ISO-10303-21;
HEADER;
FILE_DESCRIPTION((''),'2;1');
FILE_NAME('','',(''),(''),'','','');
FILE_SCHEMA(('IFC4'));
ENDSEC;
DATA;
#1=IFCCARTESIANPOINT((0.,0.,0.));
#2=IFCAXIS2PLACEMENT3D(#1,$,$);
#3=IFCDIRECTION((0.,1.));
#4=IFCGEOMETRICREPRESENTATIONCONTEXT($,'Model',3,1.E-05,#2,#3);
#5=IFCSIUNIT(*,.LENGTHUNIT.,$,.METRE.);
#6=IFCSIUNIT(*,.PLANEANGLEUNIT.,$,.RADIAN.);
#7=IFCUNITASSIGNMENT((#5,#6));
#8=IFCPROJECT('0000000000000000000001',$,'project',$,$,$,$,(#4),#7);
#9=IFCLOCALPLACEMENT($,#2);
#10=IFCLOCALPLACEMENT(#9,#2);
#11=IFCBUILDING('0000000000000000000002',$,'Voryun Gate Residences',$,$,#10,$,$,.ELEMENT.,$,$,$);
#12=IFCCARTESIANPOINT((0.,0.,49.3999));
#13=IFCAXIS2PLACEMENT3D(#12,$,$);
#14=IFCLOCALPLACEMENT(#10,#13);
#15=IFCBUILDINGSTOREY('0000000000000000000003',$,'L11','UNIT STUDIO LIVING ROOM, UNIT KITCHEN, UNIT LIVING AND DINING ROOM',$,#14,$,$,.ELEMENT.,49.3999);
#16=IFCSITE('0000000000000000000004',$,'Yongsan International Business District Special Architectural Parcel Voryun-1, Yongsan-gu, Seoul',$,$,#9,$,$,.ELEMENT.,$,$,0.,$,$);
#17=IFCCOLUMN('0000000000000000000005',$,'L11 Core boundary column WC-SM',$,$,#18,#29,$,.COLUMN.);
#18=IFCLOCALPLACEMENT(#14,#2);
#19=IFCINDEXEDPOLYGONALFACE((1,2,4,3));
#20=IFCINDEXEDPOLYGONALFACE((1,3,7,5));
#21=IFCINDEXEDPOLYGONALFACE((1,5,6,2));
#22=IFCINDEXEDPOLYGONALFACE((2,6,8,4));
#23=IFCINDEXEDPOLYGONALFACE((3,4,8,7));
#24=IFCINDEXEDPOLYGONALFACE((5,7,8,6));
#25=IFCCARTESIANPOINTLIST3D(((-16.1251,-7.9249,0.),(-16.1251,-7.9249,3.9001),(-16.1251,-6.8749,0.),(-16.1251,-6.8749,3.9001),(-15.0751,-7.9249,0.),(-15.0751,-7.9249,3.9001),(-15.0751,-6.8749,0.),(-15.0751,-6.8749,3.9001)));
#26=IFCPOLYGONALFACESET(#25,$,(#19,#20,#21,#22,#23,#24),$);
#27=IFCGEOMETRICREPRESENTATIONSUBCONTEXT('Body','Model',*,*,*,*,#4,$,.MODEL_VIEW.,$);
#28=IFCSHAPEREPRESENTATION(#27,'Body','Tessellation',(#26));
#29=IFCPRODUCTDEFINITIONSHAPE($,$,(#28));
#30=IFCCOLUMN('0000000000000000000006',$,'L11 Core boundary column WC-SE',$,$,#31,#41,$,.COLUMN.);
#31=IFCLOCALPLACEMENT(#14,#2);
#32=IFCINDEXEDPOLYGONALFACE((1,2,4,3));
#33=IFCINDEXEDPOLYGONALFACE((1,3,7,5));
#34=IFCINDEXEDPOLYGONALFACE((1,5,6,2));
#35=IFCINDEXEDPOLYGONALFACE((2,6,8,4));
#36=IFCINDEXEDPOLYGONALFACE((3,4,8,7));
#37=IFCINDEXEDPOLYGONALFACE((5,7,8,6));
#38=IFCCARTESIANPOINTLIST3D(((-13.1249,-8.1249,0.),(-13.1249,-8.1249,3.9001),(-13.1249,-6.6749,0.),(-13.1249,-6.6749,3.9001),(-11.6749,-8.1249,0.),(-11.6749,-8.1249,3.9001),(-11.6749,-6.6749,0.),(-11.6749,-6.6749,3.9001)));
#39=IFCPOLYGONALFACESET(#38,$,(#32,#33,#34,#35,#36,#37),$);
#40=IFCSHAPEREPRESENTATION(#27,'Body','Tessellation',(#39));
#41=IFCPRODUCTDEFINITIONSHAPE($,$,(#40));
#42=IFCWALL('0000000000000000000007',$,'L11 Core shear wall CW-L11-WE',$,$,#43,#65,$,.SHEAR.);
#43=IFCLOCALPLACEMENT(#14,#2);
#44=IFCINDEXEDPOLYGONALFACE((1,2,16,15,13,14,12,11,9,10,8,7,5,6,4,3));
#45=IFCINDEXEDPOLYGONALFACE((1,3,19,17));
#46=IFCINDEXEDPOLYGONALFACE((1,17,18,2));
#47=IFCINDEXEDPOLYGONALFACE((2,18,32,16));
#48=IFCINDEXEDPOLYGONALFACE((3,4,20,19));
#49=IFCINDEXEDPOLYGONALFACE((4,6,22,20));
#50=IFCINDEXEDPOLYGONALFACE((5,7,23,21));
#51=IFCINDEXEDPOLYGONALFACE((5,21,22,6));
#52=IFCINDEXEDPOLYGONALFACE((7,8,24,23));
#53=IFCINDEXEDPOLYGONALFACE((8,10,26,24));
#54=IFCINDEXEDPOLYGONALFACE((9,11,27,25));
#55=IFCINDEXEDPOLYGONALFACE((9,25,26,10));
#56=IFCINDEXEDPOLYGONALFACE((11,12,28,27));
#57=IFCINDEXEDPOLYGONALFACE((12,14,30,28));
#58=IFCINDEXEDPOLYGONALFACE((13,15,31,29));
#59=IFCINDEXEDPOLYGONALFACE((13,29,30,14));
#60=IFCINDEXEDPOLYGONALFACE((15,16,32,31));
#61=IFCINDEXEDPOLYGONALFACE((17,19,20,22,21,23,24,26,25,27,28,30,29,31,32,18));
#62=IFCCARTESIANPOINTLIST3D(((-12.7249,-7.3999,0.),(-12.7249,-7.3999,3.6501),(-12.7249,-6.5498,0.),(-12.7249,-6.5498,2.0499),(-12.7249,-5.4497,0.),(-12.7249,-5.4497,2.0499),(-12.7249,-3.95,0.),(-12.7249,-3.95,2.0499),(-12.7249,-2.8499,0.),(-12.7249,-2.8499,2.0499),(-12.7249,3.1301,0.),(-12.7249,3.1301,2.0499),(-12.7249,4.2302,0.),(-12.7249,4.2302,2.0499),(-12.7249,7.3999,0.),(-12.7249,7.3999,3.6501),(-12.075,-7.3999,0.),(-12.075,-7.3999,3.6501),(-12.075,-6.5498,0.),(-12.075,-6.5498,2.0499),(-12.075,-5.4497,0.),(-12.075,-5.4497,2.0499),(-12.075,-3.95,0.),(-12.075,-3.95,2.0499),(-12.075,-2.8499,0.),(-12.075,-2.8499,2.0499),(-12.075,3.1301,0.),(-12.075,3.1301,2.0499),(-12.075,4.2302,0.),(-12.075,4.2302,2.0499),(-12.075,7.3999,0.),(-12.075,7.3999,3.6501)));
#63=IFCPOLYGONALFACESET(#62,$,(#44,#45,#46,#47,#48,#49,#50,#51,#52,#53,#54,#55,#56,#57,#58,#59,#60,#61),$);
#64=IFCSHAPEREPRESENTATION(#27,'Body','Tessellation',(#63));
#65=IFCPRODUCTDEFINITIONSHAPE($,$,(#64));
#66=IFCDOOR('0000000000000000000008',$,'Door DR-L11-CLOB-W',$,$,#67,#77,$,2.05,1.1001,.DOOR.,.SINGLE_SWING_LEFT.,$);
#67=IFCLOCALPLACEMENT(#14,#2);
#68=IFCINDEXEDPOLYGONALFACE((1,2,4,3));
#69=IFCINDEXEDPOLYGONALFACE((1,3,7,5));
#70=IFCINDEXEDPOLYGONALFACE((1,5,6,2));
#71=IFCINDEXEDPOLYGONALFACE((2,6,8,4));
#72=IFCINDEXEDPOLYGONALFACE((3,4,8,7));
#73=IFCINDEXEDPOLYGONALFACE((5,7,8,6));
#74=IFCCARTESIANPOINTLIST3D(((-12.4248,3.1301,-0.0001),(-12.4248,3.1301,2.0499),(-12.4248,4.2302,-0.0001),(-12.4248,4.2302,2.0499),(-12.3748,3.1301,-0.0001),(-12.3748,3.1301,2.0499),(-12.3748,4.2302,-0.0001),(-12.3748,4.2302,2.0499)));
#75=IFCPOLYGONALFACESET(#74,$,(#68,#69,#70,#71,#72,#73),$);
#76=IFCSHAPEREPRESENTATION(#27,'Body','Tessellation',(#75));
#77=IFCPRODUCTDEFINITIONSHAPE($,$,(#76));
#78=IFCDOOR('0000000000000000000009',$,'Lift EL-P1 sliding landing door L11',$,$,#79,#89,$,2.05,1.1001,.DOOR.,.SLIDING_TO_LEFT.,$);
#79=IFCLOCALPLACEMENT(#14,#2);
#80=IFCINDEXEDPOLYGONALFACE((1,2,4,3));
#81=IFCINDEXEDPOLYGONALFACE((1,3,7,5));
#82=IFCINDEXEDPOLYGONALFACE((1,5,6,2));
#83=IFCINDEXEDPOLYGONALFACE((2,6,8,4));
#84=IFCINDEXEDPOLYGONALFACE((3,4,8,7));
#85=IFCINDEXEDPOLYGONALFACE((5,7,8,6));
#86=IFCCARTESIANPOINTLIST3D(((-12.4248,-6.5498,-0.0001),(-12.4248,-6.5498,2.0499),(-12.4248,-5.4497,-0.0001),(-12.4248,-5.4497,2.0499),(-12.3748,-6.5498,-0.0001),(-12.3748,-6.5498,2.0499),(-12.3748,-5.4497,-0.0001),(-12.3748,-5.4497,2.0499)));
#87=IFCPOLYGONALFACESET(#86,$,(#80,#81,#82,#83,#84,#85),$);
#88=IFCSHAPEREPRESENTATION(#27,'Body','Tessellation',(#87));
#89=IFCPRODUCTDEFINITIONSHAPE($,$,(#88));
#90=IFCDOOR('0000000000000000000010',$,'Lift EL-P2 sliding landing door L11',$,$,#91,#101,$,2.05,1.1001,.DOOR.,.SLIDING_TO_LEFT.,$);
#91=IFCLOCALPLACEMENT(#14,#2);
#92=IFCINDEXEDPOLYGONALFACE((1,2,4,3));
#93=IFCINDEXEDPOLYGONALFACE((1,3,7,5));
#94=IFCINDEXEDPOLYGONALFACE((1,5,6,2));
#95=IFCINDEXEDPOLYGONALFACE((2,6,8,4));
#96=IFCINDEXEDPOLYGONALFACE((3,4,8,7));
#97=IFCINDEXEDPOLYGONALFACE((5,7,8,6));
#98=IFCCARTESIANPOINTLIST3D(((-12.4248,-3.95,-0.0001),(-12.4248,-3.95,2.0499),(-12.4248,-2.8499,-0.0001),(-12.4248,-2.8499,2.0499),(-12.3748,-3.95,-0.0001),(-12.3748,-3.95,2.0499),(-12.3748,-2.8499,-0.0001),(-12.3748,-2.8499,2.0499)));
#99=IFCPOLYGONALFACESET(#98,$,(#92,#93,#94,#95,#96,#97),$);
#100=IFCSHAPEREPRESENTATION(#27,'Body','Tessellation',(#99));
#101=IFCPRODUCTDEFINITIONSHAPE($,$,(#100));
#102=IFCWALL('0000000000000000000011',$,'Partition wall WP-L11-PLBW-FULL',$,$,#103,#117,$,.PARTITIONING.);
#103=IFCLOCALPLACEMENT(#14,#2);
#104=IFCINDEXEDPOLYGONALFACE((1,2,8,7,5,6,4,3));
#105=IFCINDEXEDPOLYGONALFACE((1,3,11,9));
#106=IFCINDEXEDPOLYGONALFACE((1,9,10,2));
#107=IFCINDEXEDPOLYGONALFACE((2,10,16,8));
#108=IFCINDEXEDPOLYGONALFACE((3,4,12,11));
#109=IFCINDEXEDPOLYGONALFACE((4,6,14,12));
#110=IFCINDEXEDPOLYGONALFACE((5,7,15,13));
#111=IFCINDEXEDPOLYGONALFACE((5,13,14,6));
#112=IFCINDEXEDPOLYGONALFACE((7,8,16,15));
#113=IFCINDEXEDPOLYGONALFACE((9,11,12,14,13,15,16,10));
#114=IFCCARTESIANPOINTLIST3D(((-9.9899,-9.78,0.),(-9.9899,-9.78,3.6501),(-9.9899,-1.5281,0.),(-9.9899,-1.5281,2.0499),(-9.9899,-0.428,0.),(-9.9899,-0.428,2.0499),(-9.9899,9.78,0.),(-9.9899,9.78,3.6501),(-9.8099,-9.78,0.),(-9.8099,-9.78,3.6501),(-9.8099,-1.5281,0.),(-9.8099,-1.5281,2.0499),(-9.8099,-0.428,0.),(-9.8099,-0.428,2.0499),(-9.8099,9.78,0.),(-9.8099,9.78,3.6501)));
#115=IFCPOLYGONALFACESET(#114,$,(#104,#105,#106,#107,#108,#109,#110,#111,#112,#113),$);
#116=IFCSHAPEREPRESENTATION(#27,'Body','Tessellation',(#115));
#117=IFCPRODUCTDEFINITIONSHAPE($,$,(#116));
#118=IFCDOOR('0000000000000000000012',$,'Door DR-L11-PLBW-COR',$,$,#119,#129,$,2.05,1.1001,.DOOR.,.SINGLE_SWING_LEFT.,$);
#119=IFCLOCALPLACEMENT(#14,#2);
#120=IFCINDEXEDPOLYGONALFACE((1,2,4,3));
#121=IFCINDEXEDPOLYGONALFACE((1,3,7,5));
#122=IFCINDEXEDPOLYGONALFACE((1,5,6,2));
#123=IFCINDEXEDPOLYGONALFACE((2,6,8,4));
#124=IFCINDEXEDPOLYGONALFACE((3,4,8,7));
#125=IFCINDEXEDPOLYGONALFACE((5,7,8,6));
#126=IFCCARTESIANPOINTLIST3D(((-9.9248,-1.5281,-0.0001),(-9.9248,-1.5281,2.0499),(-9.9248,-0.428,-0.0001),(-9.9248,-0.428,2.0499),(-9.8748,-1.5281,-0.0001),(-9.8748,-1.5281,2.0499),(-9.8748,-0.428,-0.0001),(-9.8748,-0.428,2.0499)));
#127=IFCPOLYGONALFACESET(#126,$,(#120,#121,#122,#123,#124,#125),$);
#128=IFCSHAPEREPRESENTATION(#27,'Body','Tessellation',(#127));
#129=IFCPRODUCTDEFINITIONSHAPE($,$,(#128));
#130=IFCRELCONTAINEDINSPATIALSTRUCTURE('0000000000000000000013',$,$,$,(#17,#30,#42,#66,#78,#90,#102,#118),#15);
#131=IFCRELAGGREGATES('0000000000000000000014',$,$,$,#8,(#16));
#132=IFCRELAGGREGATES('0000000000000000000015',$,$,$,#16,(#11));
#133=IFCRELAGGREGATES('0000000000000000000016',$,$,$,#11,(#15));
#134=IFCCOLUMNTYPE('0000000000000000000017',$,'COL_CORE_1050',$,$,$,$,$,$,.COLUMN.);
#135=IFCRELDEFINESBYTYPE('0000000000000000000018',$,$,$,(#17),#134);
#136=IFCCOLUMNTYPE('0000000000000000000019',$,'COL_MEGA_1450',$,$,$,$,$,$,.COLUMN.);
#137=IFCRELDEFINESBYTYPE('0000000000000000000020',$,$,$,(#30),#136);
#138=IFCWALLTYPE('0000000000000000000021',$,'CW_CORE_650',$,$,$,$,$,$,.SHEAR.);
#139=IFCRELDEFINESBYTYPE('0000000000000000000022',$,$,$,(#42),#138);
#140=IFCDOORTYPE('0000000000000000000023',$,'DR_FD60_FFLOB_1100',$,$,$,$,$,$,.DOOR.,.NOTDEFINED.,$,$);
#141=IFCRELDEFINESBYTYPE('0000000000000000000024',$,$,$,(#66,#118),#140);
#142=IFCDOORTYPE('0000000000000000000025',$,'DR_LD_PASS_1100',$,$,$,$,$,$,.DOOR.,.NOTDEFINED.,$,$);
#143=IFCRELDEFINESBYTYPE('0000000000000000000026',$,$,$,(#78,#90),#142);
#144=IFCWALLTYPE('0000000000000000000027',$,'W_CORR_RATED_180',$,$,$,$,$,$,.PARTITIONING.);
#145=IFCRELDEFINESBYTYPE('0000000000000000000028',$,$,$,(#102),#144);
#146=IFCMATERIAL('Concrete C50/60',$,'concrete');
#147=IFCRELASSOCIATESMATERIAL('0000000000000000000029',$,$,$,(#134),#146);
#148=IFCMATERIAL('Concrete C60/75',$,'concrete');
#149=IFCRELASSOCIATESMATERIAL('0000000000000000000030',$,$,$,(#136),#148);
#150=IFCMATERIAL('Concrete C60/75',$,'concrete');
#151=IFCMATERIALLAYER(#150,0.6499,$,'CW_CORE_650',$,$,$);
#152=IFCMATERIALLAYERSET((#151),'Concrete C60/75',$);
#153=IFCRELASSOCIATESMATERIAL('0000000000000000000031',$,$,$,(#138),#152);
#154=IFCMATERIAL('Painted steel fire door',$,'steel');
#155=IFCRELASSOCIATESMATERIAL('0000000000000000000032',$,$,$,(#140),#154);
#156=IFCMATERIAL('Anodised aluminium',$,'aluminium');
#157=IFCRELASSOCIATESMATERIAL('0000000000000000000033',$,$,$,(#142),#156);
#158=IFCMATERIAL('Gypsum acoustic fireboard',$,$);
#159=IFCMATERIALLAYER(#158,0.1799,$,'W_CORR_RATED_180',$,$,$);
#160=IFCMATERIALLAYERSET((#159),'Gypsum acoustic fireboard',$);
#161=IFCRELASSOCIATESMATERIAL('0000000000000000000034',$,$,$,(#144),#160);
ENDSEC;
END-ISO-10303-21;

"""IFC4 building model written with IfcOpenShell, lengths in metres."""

from ifc_helpers import new_model, si_unit, direction, frame, frame_2d, origin, origin_2d, place, context, subcontext, project, spatial, rectangle, extrude, material, layer, layer_set, material_profile, profile_set, type_object, element, fill, save


model = new_model("IFC4")

# Units and contexts
model_context = context("Model", 3, precision=1e-05, world=origin(), true_north=direction((0.0, 1.0)))
body_context = subcontext(model_context, "Body", "Model", "MODEL_VIEW")
ifc_project = project(units=[si_unit("LENGTHUNIT", "METRE"), si_unit("PLANEANGLEUNIT", "RADIAN")], contexts=[model_context])

# Site, building, storey
site_placement = place(None, origin())
site = spatial("IfcSite", under=ifc_project, at=site_placement, Name="Yongsan International Business District Special Architectural Parcel Voryun-1, Yongsan-gu, Seoul", CompositionType="ELEMENT", RefElevation=0.0)
building_placement = place(site_placement, origin())
building = spatial("IfcBuilding", under=site, at=building_placement, Name="Voryun Gate Residences", CompositionType="ELEMENT")
storey_placement = place(building_placement, frame((0.0, 0.0, 49.3999)))
storey = spatial("IfcBuildingStorey", under=building, at=storey_placement, Name="L11", Description="UNIT STUDIO LIVING ROOM, UNIT KITCHEN, UNIT LIVING AND DINING ROOM", CompositionType="ELEMENT", Elevation=49.3999)

# Columns
ifc_material_1 = material(Name="Concrete C50/60", Category="concrete")
ifc_material_profile_1 = material_profile(ifc_material_1, rectangle(XDim=1.05, YDim=1.05, at=origin_2d()), Name="RC-1050x1050")
ifc_profile_set_1 = profile_set([ifc_material_profile_1], Name="Concrete C50/60")
column_type_1 = type_object("IfcColumnType", Name="COL_CORE_1050", PredefinedType="COLUMN", material=ifc_profile_set_1)
column_1_placement = place(storey_placement, frame((-15.6001, -7.3999, 0.0), z_axis=(0.0, 0.0, 1.0), x_axis=(1.0, 0.0, 0.0)))
element("IfcColumn", 1, at=column_1_placement, inside=storey, type_object=column_type_1, Name="L11 Core boundary column WC-SM", PredefinedType="COLUMN", context=body_context, shape_type="SweptSolid", body=[
    extrude(rectangle(XDim=1.05, YDim=1.05, at=origin_2d()), origin(), (0.0, 0.0, 1.0), 3.9001),
])
ifc_material_2 = material(Name="Concrete C60/75", Category="concrete")
ifc_material_profile_2 = material_profile(ifc_material_2, rectangle(XDim=1.45, YDim=1.45, at=origin_2d()), Name="RC-1450x1450")
ifc_profile_set_2 = profile_set([ifc_material_profile_2], Name="Concrete C60/75")
column_type_2 = type_object("IfcColumnType", Name="COL_MEGA_1450", PredefinedType="COLUMN", material=ifc_profile_set_2)
column_2_placement = place(storey_placement, frame((-12.3999, -7.3999, 0.0), z_axis=(0.0, 0.0, 1.0), x_axis=(1.0, 0.0, 0.0)))
element("IfcColumn", 2, at=column_2_placement, inside=storey, type_object=column_type_2, Name="L11 Core boundary column WC-SE", PredefinedType="COLUMN", context=body_context, shape_type="SweptSolid", body=[
    extrude(rectangle(XDim=1.45, YDim=1.45, at=origin_2d()), origin(), (0.0, 0.0, 1.0), 3.9001),
])

# Wall, openings, doors
ifc_material_3 = material(Name="Concrete C60/75", Category="concrete")
ifc_layer_1 = layer(ifc_material_3, 0.6499, Name="CW_CORE_650")
ifc_layer_set_1 = layer_set([ifc_layer_1], Name="Concrete C60/75")
wall_type_1 = type_object("IfcWallType", Name="CW_CORE_650", PredefinedType="SHEAR", material=ifc_layer_set_1)
wall_1_placement = place(storey_placement, frame((-12.3999, -7.3999, 0.0), z_axis=(0.0, 0.0, 1.0), x_axis=(0.0, 1.0, 0.0)))
wall_1 = element("IfcWall", 3, at=wall_1_placement, inside=storey, type_object=wall_type_1, Name="L11 Core shear wall CW-L11-WE", PredefinedType="SHEAR", context=body_context, shape_type="SweptSolid", body=[
    extrude(rectangle(XDim=14.7998, YDim=0.6499, at=frame_2d((7.3999, 0.0))), origin(), (0.0, 0.0, 1.0), 3.6501),
])
opening_1_placement = place(wall_1_placement, frame((0.8501, 0.0, 0.0)))
opening_1 = element("IfcOpeningElement", 4, at=opening_1_placement, cuts=wall_1, PredefinedType="OPENING", context=body_context, shape_type="SweptSolid", body=[
    extrude(rectangle(XDim=1.1001, YDim=2.05, at=frame_2d((0.55, 1.0249))), frame((0.0, 0.335, 0.0), z_axis=(0.0, -1.0, 0.0), x_axis=(1.0, 0.0, 0.0)), (0.0, 0.0, 1.0), 0.6699),
])
opening_2_placement = place(wall_1_placement, frame((3.45, 0.0, 0.0)))
opening_2 = element("IfcOpeningElement", 5, at=opening_2_placement, cuts=wall_1, PredefinedType="OPENING", context=body_context, shape_type="SweptSolid", body=[
    extrude(rectangle(XDim=1.1001, YDim=2.05, at=frame_2d((0.55, 1.0249))), frame((0.0, 0.335, 0.0), z_axis=(0.0, -1.0, 0.0), x_axis=(1.0, 0.0, 0.0)), (0.0, 0.0, 1.0), 0.6699),
])
opening_3_placement = place(wall_1_placement, frame((10.53, 0.0, 0.0)))
opening_3 = element("IfcOpeningElement", 6, at=opening_3_placement, cuts=wall_1, PredefinedType="OPENING", context=body_context, shape_type="SweptSolid", body=[
    extrude(rectangle(XDim=1.1001, YDim=2.05, at=frame_2d((0.55, 1.0249))), frame((0.0, 0.335, 0.0), z_axis=(0.0, -1.0, 0.0), x_axis=(1.0, 0.0, 0.0)), (0.0, 0.0, 1.0), 0.6699),
])
ifc_material_4 = material(Name="Painted steel fire door", Category="steel")
door_type_1 = type_object("IfcDoorType", Name="DR_FD60_FFLOB_1100", OperationType="NOTDEFINED", PredefinedType="DOOR", material=ifc_material_4)
door_1_placement = place(opening_3_placement, origin())
door_1 = element("IfcDoor", 7, at=door_1_placement, inside=storey, type_object=door_type_1, Name="Door DR-L11-CLOB-W", OperationType="SINGLE_SWING_LEFT", OverallHeight=2.05, OverallWidth=1.1001, PredefinedType="DOOR", context=body_context, shape_type="SweptSolid", body=[
    extrude(rectangle(XDim=1.1001, YDim=2.05, at=frame_2d((0.55, 1.0249))), frame((0.0, 0.0249, 0.0), z_axis=(0.0, -1.0, 0.0), x_axis=(1.0, 0.0, 0.0)), (0.0, 0.0, 1.0), 0.05),
])
fill(opening_3, door_1)
ifc_material_5 = material(Name="Anodised aluminium", Category="aluminium")
door_type_2 = type_object("IfcDoorType", Name="DR_LD_PASS_1100", OperationType="NOTDEFINED", PredefinedType="DOOR", material=ifc_material_5)
door_2_placement = place(opening_1_placement, origin())
door_2 = element("IfcDoor", 8, at=door_2_placement, inside=storey, type_object=door_type_2, Name="Lift EL-P1 sliding landing door L11", OperationType="SLIDING_TO_LEFT", OverallHeight=2.05, OverallWidth=1.1001, PredefinedType="DOOR", context=body_context, shape_type="SweptSolid", body=[
    extrude(rectangle(XDim=1.1001, YDim=2.05, at=frame_2d((0.55, 1.0249))), frame((0.0, 0.0249, 0.0), z_axis=(0.0, -1.0, 0.0), x_axis=(1.0, 0.0, 0.0)), (0.0, 0.0, 1.0), 0.05),
])
fill(opening_1, door_2)
door_3_placement = place(opening_2_placement, origin())
door_3 = element("IfcDoor", 9, at=door_3_placement, inside=storey, type_object=door_type_2, Name="Lift EL-P2 sliding landing door L11", OperationType="SLIDING_TO_LEFT", OverallHeight=2.05, OverallWidth=1.1001, PredefinedType="DOOR", context=body_context, shape_type="SweptSolid", body=[
    extrude(rectangle(XDim=1.1001, YDim=2.05, at=frame_2d((0.55, 1.0249))), frame((0.0, 0.0249, 0.0), z_axis=(0.0, -1.0, 0.0), x_axis=(1.0, 0.0, 0.0)), (0.0, 0.0, 1.0), 0.05),
])
fill(opening_2, door_3)

# Wall, opening, door
ifc_material_6 = material(Name="Gypsum acoustic fireboard")
ifc_layer_2 = layer(ifc_material_6, 0.1799, Name="W_CORR_RATED_180")
ifc_layer_set_2 = layer_set([ifc_layer_2], Name="Gypsum acoustic fireboard")
wall_type_2 = type_object("IfcWallType", Name="W_CORR_RATED_180", PredefinedType="PARTITIONING", material=ifc_layer_set_2)
wall_2_placement = place(storey_placement, frame((-9.8999, -9.78, 0.0), z_axis=(0.0, 0.0, 1.0), x_axis=(0.0, 1.0, 0.0)))
wall_2 = element("IfcWall", 10, at=wall_2_placement, inside=storey, type_object=wall_type_2, Name="Partition wall WP-L11-PLBW-FULL", PredefinedType="PARTITIONING", context=body_context, shape_type="SweptSolid", body=[
    extrude(rectangle(XDim=19.5601, YDim=0.1799, at=frame_2d((9.78, 0.0))), origin(), (0.0, 0.0, 1.0), 3.6501),
])
opening_4_placement = place(wall_2_placement, frame((8.252, 0.0, 0.0)))
opening_4 = element("IfcOpeningElement", 11, at=opening_4_placement, cuts=wall_2, PredefinedType="OPENING", context=body_context, shape_type="SweptSolid", body=[
    extrude(rectangle(XDim=1.1001, YDim=2.05, at=frame_2d((0.55, 1.0249))), frame((0.0, 0.0999, 0.0), z_axis=(0.0, -1.0, 0.0), x_axis=(1.0, 0.0, 0.0)), (0.0, 0.0, 1.0), 0.2),
])
door_4_placement = place(opening_4_placement, origin())
door_4 = element("IfcDoor", 12, at=door_4_placement, inside=storey, type_object=door_type_1, Name="Door DR-L11-PLBW-COR", OperationType="SINGLE_SWING_LEFT", OverallHeight=2.05, OverallWidth=1.1001, PredefinedType="DOOR", context=body_context, shape_type="SweptSolid", body=[
    extrude(rectangle(XDim=1.1001, YDim=2.05, at=frame_2d((0.55, 1.0249))), frame((0.0, 0.0249, 0.0), z_axis=(0.0, -1.0, 0.0), x_axis=(1.0, 0.0, 0.0)), (0.0, 0.0, 1.0), 0.05),
])
fill(opening_4, door_4)

save(model, "model.ifc")
